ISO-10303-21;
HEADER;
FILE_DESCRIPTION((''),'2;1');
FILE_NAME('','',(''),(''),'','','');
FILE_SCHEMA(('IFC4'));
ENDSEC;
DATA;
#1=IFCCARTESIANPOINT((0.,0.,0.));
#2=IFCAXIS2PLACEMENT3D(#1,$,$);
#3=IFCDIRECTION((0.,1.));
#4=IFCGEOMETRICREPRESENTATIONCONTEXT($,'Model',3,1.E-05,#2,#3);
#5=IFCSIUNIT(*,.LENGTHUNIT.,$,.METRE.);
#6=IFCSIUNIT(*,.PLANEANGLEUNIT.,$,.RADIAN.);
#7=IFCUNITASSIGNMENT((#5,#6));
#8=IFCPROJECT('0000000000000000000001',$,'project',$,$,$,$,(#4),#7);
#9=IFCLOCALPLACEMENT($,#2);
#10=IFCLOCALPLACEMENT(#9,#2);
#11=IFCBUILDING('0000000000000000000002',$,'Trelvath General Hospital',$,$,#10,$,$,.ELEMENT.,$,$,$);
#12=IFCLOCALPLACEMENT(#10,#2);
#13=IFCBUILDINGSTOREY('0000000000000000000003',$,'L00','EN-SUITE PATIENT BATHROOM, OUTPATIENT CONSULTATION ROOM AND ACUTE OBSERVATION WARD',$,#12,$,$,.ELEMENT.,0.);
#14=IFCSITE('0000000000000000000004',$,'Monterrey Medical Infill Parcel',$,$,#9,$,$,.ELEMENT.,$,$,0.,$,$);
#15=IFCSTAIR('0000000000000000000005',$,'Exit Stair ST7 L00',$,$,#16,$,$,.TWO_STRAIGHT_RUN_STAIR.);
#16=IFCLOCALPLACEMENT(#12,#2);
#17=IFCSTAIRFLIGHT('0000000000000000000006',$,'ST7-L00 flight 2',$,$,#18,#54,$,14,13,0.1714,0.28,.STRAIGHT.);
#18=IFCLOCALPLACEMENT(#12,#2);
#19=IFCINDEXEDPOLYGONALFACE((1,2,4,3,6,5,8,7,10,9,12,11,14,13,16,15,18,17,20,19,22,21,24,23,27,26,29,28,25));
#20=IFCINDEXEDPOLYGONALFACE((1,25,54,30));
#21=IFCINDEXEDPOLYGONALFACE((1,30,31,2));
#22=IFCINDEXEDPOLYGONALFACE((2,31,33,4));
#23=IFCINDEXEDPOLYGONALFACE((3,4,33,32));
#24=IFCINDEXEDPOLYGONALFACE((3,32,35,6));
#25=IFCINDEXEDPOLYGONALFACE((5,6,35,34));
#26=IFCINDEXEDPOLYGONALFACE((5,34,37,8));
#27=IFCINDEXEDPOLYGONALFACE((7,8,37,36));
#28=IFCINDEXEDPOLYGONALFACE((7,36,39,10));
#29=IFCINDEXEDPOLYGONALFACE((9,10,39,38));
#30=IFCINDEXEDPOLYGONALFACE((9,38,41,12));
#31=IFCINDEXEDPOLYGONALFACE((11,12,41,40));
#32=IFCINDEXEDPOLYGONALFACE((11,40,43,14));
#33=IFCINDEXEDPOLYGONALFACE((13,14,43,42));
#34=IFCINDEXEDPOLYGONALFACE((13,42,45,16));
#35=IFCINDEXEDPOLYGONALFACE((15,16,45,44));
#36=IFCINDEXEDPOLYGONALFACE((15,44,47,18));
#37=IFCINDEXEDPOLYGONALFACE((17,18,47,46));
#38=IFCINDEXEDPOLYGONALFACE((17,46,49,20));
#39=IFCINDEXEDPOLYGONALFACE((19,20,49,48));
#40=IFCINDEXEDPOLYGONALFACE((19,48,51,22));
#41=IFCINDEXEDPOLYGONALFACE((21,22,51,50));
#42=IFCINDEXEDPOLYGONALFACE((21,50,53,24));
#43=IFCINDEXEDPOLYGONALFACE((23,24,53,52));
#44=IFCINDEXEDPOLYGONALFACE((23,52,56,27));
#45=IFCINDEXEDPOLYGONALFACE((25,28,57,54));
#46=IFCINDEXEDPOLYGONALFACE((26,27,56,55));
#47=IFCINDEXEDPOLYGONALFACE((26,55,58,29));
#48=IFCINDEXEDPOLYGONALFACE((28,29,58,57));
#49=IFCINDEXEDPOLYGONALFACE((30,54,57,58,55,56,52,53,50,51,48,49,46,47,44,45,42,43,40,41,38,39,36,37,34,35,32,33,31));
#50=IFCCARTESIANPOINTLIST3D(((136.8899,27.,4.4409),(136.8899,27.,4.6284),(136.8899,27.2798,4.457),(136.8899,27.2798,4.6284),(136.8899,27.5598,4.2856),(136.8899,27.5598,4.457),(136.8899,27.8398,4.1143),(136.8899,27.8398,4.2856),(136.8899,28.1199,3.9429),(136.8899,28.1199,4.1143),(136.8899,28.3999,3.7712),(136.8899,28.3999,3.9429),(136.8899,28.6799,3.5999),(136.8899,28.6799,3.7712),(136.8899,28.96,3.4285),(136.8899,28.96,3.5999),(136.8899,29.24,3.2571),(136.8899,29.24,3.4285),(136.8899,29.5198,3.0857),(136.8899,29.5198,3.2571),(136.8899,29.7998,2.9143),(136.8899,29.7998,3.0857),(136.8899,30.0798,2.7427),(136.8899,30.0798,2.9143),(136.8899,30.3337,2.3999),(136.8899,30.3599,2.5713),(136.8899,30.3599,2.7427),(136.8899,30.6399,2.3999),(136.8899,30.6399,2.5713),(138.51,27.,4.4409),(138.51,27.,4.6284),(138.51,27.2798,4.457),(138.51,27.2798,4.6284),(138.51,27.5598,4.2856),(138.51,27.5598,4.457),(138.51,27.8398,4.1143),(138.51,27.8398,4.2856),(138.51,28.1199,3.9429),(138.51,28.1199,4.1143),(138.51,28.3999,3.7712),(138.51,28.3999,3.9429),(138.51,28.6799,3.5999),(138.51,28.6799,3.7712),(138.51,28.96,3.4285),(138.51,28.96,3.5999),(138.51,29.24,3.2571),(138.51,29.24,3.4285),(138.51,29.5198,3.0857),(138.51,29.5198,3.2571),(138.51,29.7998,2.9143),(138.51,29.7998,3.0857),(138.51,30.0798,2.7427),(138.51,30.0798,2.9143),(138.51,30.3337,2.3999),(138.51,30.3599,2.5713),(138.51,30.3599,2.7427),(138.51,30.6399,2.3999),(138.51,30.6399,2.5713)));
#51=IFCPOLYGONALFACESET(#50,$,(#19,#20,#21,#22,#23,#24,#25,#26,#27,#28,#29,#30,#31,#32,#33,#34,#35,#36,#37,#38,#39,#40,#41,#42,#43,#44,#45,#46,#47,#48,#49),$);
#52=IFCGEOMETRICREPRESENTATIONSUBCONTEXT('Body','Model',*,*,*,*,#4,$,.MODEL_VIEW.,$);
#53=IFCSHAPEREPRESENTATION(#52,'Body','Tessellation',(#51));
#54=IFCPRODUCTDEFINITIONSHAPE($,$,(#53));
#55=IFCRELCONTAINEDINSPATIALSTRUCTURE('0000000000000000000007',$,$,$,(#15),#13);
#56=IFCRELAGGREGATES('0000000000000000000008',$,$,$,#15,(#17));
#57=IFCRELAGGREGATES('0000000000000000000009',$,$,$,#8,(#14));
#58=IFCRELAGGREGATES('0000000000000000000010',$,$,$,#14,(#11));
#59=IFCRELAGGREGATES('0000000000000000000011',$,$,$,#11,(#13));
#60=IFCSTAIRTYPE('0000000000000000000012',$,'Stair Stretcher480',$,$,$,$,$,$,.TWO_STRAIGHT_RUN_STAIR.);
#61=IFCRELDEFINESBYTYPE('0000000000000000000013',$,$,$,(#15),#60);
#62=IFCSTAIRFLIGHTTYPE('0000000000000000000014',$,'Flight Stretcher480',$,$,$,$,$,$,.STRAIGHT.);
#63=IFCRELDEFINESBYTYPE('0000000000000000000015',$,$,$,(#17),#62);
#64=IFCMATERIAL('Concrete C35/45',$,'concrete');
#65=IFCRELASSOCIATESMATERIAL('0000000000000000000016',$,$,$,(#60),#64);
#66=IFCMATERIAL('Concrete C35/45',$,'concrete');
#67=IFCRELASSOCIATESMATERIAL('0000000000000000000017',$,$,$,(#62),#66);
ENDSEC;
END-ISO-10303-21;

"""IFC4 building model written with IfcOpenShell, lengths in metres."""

from ifc_helpers import new_model, si_unit, direction, frame, origin, place, context, subcontext, project, spatial, polyline, outline, extrude, material, type_object, element, aggregate, save


model = new_model("IFC4")

# Units and contexts
model_context = context("Model", 3, precision=1e-05, world=origin(), true_north=direction((0.0, 1.0)))
body_context = subcontext(model_context, "Body", "Model", "MODEL_VIEW")
ifc_project = project(units=[si_unit("LENGTHUNIT", "METRE"), si_unit("PLANEANGLEUNIT", "RADIAN")], contexts=[model_context])

# Site, building, storey
site_placement = place(None, origin())
site = spatial("IfcSite", under=ifc_project, at=site_placement, Name="Monterrey Medical Infill Parcel", CompositionType="ELEMENT", RefElevation=0.0)
building_placement = place(site_placement, origin())
building = spatial("IfcBuilding", under=site, at=building_placement, Name="Trelvath General Hospital", CompositionType="ELEMENT")
storey_placement = place(building_placement, origin())
storey = spatial("IfcBuildingStorey", under=building, at=storey_placement, Name="L00", Description="EN-SUITE PATIENT BATHROOM, OUTPATIENT CONSULTATION ROOM AND ACUTE OBSERVATION WARD", CompositionType="ELEMENT", Elevation=0.0)

# Stair, stair flight
ifc_material_1 = material(Name="Concrete C35/45", Category="concrete")
stair_type = type_object("IfcStairType", Name="Stair Stretcher480", PredefinedType="TWO_STRAIGHT_RUN_STAIR", material=ifc_material_1)
stair_placement = place(storey_placement, origin())
stair = element("IfcStair", 1, at=stair_placement, inside=storey, type_object=stair_type, Name="Exit Stair ST7 L00", PredefinedType="TWO_STRAIGHT_RUN_STAIR")
ifc_material_2 = material(Name="Concrete C35/45", Category="concrete")
stair_flight_type = type_object("IfcStairFlightType", Name="Flight Stretcher480", PredefinedType="STRAIGHT", material=ifc_material_2)
stair_flight_placement = place(storey_placement, frame((137.7, 30.6399, 2.3999), z_axis=(0.0, 0.0, 1.0), x_axis=(0.0, -1.0, 0.0)))
stair_flight = element("IfcStairFlight", 2, at=stair_flight_placement, type_object=stair_flight_type, Name="ST7-L00 flight 2", NumberOfRisers=14, NumberOfTreads=13, PredefinedType="STRAIGHT", RiserHeight=0.1714, TreadLength=0.28, context=body_context, shape_type="SweptSolid", body=[
    extrude(outline(polyline([(0.0, 0.0), (0.0, 0.1714), (0.28, 0.1714), (0.28, 0.3428), (0.5601, 0.3428), (0.5601, 0.5144), (0.8401, 0.5144), (0.8401, 0.6858), (1.1201, 0.6858), (1.1201, 0.8572), (1.3999, 0.8572), (1.3999, 1.0286), (1.6799, 1.0286), (1.6799, 1.2), (1.96, 1.2), (1.96, 1.3713), (2.24, 1.3713), (2.24, 1.543), (2.52, 1.543), (2.52, 1.7144), (2.8, 1.7144), (2.8, 1.8857), (3.0801, 1.8857), (3.0801, 2.0571), (3.3601, 2.0571), (3.3601, 2.2285), (3.6399, 2.2285), (3.6399, 2.3999), (3.6399, 2.041), (0.3062, 0.0), (0.0, 0.0)])), frame((0.0, 0.8101, 0.0), z_axis=(0.0, -1.0, 0.0), x_axis=(1.0, 0.0, 0.0)), (0.0, 0.0, 1.0), 1.6201),
])
aggregate(stair, [stair_flight])

save(model, "model.ifc")
